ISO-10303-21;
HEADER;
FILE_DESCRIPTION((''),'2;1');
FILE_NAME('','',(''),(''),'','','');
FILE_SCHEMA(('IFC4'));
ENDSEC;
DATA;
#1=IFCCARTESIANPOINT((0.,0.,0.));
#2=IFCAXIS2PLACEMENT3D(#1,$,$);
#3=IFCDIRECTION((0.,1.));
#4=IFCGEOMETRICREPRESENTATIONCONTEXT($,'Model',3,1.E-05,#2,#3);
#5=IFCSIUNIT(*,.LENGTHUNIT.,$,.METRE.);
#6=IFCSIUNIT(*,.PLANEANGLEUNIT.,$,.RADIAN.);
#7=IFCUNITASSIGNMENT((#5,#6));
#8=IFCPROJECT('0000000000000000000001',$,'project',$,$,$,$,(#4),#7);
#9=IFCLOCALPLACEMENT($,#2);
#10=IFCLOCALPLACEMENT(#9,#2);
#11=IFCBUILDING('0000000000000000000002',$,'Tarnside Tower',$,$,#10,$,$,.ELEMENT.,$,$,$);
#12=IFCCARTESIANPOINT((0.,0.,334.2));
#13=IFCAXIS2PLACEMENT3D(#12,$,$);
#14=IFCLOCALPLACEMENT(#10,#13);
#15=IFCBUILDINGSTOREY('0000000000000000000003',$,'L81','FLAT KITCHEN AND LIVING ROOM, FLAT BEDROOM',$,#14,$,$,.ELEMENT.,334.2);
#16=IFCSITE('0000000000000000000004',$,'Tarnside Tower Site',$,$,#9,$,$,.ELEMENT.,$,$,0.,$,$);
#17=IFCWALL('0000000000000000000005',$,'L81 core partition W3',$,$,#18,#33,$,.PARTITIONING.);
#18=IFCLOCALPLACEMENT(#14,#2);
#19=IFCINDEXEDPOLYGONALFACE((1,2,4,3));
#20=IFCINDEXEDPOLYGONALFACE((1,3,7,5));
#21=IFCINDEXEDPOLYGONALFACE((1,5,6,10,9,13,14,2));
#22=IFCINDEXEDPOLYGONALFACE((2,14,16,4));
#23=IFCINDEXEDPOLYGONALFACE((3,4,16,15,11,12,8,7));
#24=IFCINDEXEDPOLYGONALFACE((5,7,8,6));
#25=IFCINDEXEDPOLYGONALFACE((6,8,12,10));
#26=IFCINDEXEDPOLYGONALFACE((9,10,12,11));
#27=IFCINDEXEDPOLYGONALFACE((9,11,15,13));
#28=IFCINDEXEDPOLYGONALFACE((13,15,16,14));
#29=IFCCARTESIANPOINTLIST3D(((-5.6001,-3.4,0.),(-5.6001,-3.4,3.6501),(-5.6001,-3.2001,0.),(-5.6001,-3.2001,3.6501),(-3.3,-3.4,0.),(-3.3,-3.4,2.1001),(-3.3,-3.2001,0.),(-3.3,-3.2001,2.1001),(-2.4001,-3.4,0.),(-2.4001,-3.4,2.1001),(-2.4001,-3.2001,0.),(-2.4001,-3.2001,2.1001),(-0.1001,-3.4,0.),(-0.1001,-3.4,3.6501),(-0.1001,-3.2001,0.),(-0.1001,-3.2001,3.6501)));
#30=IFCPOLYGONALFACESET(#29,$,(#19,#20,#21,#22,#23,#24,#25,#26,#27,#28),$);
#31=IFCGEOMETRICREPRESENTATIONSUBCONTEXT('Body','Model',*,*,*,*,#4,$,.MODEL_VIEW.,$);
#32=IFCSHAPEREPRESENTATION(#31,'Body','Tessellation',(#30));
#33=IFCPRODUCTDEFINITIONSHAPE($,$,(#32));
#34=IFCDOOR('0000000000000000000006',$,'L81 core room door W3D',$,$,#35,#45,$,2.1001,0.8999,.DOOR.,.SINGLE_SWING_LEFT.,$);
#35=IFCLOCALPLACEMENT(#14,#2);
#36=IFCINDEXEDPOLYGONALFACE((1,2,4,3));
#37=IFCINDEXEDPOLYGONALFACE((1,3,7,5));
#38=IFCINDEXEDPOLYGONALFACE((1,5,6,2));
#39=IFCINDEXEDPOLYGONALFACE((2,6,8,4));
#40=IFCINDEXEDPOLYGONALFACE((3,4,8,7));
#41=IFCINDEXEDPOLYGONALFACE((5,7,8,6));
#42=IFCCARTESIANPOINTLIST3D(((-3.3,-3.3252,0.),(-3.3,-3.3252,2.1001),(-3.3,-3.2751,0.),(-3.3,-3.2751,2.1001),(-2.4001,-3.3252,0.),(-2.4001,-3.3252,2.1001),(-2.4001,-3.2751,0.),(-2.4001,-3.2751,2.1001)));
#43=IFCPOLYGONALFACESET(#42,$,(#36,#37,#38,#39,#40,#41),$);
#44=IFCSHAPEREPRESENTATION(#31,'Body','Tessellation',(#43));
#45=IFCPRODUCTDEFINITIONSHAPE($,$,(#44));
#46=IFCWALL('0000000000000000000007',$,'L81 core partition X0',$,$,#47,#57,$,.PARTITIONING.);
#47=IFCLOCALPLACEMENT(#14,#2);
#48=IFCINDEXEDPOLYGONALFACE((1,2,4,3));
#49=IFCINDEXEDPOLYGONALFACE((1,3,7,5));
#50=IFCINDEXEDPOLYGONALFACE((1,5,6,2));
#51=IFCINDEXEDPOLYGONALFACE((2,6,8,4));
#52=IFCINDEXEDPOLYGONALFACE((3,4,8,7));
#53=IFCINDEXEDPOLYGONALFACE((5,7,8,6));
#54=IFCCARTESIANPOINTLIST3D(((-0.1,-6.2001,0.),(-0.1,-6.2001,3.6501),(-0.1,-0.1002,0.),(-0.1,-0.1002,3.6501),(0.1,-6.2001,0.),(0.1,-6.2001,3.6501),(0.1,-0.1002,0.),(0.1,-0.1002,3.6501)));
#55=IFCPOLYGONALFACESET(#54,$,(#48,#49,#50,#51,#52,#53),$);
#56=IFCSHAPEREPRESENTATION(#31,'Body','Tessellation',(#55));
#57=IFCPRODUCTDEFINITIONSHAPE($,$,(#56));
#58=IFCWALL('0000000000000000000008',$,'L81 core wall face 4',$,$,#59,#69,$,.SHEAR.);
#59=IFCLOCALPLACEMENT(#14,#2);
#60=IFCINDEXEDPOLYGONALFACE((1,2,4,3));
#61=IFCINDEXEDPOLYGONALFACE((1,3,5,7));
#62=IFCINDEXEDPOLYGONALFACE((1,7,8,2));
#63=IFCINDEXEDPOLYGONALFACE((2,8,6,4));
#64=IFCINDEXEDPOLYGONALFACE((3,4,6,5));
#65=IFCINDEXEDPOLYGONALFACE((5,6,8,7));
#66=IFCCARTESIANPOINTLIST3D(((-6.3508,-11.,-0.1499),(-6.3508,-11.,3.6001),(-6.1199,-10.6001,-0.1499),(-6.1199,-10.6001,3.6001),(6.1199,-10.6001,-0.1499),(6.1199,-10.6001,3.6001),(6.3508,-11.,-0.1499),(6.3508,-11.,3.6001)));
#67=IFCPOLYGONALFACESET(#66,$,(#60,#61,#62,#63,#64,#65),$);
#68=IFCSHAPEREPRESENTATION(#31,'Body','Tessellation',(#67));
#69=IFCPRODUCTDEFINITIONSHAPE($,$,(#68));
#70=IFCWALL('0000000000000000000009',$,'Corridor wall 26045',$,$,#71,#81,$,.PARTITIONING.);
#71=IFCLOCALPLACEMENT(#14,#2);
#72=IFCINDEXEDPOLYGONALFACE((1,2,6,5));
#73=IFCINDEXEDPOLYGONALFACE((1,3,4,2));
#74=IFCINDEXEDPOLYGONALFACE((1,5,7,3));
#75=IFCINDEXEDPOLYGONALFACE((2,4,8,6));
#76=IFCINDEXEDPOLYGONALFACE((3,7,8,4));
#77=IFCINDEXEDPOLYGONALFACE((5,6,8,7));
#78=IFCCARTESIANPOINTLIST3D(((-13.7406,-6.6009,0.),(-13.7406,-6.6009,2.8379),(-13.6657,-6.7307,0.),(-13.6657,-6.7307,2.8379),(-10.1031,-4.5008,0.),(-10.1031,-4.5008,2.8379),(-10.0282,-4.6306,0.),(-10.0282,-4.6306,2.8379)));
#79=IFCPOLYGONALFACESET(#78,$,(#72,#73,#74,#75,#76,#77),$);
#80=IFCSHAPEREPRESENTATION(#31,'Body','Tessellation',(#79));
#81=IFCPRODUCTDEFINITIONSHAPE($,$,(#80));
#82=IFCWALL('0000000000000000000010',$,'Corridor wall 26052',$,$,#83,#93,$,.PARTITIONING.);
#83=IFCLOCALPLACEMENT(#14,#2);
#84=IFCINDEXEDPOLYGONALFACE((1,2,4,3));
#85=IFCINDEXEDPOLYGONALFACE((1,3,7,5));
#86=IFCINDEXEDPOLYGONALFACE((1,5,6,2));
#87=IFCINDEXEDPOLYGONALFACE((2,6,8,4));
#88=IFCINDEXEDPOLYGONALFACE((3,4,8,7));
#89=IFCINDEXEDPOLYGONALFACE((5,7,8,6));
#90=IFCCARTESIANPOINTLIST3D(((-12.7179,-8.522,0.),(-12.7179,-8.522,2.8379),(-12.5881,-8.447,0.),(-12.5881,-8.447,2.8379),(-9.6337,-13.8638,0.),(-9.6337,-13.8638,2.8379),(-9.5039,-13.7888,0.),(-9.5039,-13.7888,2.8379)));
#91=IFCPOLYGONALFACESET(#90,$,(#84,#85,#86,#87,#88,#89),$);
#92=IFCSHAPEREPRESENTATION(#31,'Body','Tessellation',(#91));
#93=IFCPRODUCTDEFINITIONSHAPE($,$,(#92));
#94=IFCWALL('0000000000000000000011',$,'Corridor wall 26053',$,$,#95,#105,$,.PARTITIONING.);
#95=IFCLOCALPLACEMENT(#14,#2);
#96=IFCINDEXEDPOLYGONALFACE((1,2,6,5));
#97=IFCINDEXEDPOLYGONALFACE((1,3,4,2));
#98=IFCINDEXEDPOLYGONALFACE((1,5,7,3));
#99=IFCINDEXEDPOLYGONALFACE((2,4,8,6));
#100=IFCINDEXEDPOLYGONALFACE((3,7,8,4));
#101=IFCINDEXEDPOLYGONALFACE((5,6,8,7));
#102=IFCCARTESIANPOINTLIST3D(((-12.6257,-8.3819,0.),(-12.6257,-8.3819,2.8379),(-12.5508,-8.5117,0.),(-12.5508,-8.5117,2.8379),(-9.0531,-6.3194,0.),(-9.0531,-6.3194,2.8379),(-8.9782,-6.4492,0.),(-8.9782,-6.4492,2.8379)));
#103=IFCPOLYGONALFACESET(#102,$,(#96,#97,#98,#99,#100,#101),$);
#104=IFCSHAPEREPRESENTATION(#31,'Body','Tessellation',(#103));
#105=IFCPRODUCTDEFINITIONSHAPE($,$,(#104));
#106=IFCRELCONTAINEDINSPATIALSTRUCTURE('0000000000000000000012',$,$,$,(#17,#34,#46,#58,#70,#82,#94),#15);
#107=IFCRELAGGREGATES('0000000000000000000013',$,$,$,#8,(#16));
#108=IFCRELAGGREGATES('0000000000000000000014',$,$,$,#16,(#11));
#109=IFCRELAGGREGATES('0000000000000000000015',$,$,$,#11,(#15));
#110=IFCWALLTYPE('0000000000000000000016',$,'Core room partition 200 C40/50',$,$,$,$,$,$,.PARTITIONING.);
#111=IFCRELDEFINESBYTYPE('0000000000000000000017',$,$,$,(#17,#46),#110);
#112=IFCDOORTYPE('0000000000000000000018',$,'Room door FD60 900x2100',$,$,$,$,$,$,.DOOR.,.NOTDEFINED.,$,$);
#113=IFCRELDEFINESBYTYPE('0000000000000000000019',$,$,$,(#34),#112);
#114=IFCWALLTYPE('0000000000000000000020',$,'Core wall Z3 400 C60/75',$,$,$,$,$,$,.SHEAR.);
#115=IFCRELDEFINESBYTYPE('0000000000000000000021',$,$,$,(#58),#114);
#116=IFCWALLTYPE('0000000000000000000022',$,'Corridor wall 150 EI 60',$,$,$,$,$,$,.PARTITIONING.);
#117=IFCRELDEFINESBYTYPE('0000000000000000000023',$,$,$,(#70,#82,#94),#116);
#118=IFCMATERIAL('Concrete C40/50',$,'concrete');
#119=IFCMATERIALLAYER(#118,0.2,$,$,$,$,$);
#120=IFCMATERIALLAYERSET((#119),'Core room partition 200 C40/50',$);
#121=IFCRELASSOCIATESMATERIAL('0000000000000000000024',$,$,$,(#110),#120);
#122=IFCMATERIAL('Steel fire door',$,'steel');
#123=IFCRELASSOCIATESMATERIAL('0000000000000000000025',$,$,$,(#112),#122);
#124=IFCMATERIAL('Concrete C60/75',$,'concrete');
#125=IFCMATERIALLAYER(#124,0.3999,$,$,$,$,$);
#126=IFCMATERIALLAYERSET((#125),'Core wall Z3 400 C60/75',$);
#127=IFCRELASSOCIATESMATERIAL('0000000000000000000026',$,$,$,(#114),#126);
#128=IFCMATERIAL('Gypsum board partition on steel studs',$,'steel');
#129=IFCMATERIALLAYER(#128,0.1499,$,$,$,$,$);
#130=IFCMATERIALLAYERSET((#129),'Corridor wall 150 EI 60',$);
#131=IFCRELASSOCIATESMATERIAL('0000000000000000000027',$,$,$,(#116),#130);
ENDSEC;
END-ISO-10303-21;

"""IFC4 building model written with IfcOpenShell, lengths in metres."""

from ifc_helpers import new_model, si_unit, direction, frame, frame_2d, origin, place, context, subcontext, project, spatial, polyline, rectangle, outline, extrude, material, layer, layer_set, type_object, element, fill, save


model = new_model("IFC4")

# Units and contexts
model_context = context("Model", 3, precision=1e-05, world=origin(), true_north=direction((0.0, 1.0)))
body_context = subcontext(model_context, "Body", "Model", "MODEL_VIEW")
ifc_project = project(units=[si_unit("LENGTHUNIT", "METRE"), si_unit("PLANEANGLEUNIT", "RADIAN")], contexts=[model_context])

# Site, building, storey
site_placement = place(None, origin())
site = spatial("IfcSite", under=ifc_project, at=site_placement, Name="Tarnside Tower Site", CompositionType="ELEMENT", RefElevation=0.0)
building_placement = place(site_placement, origin())
building = spatial("IfcBuilding", under=site, at=building_placement, Name="Tarnside Tower", CompositionType="ELEMENT")
storey_placement = place(building_placement, frame((0.0, 0.0, 334.2)))
storey = spatial("IfcBuildingStorey", under=building, at=storey_placement, Name="L81", Description="FLAT KITCHEN AND LIVING ROOM, FLAT BEDROOM", CompositionType="ELEMENT", Elevation=334.2)

# Wall, opening, door
ifc_material_1 = material(Name="Concrete C40/50", Category="concrete")
ifc_layer_1 = layer(ifc_material_1, 0.2)
ifc_layer_set_1 = layer_set([ifc_layer_1], Name="Core room partition 200 C40/50")
wall_type_1 = type_object("IfcWallType", Name="Core room partition 200 C40/50", PredefinedType="PARTITIONING", material=ifc_layer_set_1)
wall_1_placement = place(storey_placement, frame((-5.6001, -3.3, 0.0), z_axis=(0.0, 0.0, 1.0), x_axis=(1.0, 0.0, 0.0)))
wall_1 = element("IfcWall", 1, at=wall_1_placement, inside=storey, type_object=wall_type_1, Name="L81 core partition W3", PredefinedType="PARTITIONING", context=body_context, shape_type="SweptSolid", body=[
    extrude(rectangle(XDim=5.5, YDim=0.2, at=frame_2d((2.75, 0.0))), origin(), (0.0, 0.0, 1.0), 3.6501),
])
opening_1_placement = place(wall_1_placement, frame((2.3, 0.0, 0.0)))
opening_1 = element("IfcOpeningElement", 2, at=opening_1_placement, cuts=wall_1, PredefinedType="OPENING", context=body_context, shape_type="SweptSolid", body=[
    extrude(rectangle(XDim=0.8999, YDim=2.1001, at=frame_2d((0.45, 1.05))), frame((0.0, 0.1099, 0.0), z_axis=(0.0, -1.0, 0.0), x_axis=(1.0, 0.0, 0.0)), (0.0, 0.0, 1.0), 0.22),
])
ifc_material_2 = material(Name="Steel fire door", Category="steel")
door_type_1 = type_object("IfcDoorType", Name="Room door FD60 900x2100", OperationType="NOTDEFINED", PredefinedType="DOOR", material=ifc_material_2)
door_1_placement = place(opening_1_placement, origin())
door_1 = element("IfcDoor", 3, at=door_1_placement, inside=storey, type_object=door_type_1, Name="L81 core room door W3D", OperationType="SINGLE_SWING_LEFT", OverallHeight=2.1001, OverallWidth=0.8999, PredefinedType="DOOR", context=body_context, shape_type="SweptSolid", body=[
    extrude(rectangle(XDim=0.8999, YDim=2.1001, at=frame_2d((0.45, 1.05))), frame((0.0, 0.0249, 0.0), z_axis=(0.0, -1.0, 0.0), x_axis=(1.0, 0.0, 0.0)), (0.0, 0.0, 1.0), 0.05),
])
fill(opening_1, door_1)

# Walls
wall_2_placement = place(storey_placement, frame((0.0, -6.2, 0.0), z_axis=(0.0, 0.0, 1.0), x_axis=(0.0, 1.0, 0.0)))
element("IfcWall", 4, at=wall_2_placement, inside=storey, type_object=wall_type_1, Name="L81 core partition X0", PredefinedType="PARTITIONING", context=body_context, shape_type="SweptSolid", body=[
    extrude(rectangle(XDim=6.0999, YDim=0.2, at=frame_2d((3.0498, 0.0))), origin(), (0.0, 0.0, 1.0), 3.6501),
])
ifc_material_3 = material(Name="Concrete C60/75", Category="concrete")
ifc_layer_2 = layer(ifc_material_3, 0.3999)
ifc_layer_set_2 = layer_set([ifc_layer_2], Name="Core wall Z3 400 C60/75")
wall_type_2 = type_object("IfcWallType", Name="Core wall Z3 400 C60/75", PredefinedType="SHEAR", material=ifc_layer_set_2)
wall_3_placement = place(storey_placement, frame((-6.2354, -10.8, -0.1499), z_axis=(0.0, 0.0, 1.0), x_axis=(1.0, 0.0, 0.0)))
element("IfcWall", 5, at=wall_3_placement, inside=storey, type_object=wall_type_2, Name="L81 core wall face 4", PredefinedType="SHEAR", context=body_context, shape_type="SweptSolid", body=[
    extrude(outline(polyline([(-0.1155, -0.2), (12.5862, -0.2), (12.3552, 0.2), (0.1155, 0.2), (-0.1155, -0.2)])), origin(), (0.0, 0.0, 1.0), 3.75),
])
ifc_material_4 = material(Name="Gypsum board partition on steel studs", Category="steel")
ifc_layer_3 = layer(ifc_material_4, 0.1499)
ifc_layer_set_3 = layer_set([ifc_layer_3], Name="Corridor wall 150 EI 60")
wall_type_3 = type_object("IfcWallType", Name="Corridor wall 150 EI 60", PredefinedType="PARTITIONING", material=ifc_layer_set_3)
wall_4_placement = place(storey_placement, frame((-10.0657, -4.5657, 0.0), z_axis=(0.0, 0.0, 1.0), x_axis=(-0.866024, -0.500003, 0.0)))
element("IfcWall", 6, at=wall_4_placement, inside=storey, type_object=wall_type_3, Name="Corridor wall 26045", PredefinedType="PARTITIONING", context=body_context, shape_type="SweptSolid", body=[
    extrude(rectangle(XDim=4.2002, YDim=0.1499, at=frame_2d((2.1001, 0.0))), origin(), (0.0, 0.0, 1.0), 2.8379),
])
wall_5_placement = place(storey_placement, frame((-9.5688, -13.8262, 0.0), z_axis=(0.0, 0.0, 1.0), x_axis=(-0.500017, 0.866016, 0.0)))
element("IfcWall", 7, at=wall_5_placement, inside=storey, type_object=wall_type_3, Name="Corridor wall 26052", PredefinedType="PARTITIONING", context=body_context, shape_type="SweptSolid", body=[
    extrude(rectangle(XDim=6.1682, YDim=0.1499, at=frame_2d((3.084, 0.0))), origin(), (0.0, 0.0, 1.0), 2.8379),
])
wall_6_placement = place(storey_placement, frame((-12.5881, -8.4468, 0.0), z_axis=(0.0, 0.0, 1.0), x_axis=(0.866035, 0.499984, 0.0)))
element("IfcWall", 8, at=wall_6_placement, inside=storey, type_object=wall_type_3, Name="Corridor wall 26053", PredefinedType="PARTITIONING", context=body_context, shape_type="SweptSolid", body=[
    extrude(rectangle(XDim=4.1252, YDim=0.1499, at=frame_2d((2.0625, 0.0))), origin(), (0.0, 0.0, 1.0), 2.8379),
])

save(model, "model.ifc")
